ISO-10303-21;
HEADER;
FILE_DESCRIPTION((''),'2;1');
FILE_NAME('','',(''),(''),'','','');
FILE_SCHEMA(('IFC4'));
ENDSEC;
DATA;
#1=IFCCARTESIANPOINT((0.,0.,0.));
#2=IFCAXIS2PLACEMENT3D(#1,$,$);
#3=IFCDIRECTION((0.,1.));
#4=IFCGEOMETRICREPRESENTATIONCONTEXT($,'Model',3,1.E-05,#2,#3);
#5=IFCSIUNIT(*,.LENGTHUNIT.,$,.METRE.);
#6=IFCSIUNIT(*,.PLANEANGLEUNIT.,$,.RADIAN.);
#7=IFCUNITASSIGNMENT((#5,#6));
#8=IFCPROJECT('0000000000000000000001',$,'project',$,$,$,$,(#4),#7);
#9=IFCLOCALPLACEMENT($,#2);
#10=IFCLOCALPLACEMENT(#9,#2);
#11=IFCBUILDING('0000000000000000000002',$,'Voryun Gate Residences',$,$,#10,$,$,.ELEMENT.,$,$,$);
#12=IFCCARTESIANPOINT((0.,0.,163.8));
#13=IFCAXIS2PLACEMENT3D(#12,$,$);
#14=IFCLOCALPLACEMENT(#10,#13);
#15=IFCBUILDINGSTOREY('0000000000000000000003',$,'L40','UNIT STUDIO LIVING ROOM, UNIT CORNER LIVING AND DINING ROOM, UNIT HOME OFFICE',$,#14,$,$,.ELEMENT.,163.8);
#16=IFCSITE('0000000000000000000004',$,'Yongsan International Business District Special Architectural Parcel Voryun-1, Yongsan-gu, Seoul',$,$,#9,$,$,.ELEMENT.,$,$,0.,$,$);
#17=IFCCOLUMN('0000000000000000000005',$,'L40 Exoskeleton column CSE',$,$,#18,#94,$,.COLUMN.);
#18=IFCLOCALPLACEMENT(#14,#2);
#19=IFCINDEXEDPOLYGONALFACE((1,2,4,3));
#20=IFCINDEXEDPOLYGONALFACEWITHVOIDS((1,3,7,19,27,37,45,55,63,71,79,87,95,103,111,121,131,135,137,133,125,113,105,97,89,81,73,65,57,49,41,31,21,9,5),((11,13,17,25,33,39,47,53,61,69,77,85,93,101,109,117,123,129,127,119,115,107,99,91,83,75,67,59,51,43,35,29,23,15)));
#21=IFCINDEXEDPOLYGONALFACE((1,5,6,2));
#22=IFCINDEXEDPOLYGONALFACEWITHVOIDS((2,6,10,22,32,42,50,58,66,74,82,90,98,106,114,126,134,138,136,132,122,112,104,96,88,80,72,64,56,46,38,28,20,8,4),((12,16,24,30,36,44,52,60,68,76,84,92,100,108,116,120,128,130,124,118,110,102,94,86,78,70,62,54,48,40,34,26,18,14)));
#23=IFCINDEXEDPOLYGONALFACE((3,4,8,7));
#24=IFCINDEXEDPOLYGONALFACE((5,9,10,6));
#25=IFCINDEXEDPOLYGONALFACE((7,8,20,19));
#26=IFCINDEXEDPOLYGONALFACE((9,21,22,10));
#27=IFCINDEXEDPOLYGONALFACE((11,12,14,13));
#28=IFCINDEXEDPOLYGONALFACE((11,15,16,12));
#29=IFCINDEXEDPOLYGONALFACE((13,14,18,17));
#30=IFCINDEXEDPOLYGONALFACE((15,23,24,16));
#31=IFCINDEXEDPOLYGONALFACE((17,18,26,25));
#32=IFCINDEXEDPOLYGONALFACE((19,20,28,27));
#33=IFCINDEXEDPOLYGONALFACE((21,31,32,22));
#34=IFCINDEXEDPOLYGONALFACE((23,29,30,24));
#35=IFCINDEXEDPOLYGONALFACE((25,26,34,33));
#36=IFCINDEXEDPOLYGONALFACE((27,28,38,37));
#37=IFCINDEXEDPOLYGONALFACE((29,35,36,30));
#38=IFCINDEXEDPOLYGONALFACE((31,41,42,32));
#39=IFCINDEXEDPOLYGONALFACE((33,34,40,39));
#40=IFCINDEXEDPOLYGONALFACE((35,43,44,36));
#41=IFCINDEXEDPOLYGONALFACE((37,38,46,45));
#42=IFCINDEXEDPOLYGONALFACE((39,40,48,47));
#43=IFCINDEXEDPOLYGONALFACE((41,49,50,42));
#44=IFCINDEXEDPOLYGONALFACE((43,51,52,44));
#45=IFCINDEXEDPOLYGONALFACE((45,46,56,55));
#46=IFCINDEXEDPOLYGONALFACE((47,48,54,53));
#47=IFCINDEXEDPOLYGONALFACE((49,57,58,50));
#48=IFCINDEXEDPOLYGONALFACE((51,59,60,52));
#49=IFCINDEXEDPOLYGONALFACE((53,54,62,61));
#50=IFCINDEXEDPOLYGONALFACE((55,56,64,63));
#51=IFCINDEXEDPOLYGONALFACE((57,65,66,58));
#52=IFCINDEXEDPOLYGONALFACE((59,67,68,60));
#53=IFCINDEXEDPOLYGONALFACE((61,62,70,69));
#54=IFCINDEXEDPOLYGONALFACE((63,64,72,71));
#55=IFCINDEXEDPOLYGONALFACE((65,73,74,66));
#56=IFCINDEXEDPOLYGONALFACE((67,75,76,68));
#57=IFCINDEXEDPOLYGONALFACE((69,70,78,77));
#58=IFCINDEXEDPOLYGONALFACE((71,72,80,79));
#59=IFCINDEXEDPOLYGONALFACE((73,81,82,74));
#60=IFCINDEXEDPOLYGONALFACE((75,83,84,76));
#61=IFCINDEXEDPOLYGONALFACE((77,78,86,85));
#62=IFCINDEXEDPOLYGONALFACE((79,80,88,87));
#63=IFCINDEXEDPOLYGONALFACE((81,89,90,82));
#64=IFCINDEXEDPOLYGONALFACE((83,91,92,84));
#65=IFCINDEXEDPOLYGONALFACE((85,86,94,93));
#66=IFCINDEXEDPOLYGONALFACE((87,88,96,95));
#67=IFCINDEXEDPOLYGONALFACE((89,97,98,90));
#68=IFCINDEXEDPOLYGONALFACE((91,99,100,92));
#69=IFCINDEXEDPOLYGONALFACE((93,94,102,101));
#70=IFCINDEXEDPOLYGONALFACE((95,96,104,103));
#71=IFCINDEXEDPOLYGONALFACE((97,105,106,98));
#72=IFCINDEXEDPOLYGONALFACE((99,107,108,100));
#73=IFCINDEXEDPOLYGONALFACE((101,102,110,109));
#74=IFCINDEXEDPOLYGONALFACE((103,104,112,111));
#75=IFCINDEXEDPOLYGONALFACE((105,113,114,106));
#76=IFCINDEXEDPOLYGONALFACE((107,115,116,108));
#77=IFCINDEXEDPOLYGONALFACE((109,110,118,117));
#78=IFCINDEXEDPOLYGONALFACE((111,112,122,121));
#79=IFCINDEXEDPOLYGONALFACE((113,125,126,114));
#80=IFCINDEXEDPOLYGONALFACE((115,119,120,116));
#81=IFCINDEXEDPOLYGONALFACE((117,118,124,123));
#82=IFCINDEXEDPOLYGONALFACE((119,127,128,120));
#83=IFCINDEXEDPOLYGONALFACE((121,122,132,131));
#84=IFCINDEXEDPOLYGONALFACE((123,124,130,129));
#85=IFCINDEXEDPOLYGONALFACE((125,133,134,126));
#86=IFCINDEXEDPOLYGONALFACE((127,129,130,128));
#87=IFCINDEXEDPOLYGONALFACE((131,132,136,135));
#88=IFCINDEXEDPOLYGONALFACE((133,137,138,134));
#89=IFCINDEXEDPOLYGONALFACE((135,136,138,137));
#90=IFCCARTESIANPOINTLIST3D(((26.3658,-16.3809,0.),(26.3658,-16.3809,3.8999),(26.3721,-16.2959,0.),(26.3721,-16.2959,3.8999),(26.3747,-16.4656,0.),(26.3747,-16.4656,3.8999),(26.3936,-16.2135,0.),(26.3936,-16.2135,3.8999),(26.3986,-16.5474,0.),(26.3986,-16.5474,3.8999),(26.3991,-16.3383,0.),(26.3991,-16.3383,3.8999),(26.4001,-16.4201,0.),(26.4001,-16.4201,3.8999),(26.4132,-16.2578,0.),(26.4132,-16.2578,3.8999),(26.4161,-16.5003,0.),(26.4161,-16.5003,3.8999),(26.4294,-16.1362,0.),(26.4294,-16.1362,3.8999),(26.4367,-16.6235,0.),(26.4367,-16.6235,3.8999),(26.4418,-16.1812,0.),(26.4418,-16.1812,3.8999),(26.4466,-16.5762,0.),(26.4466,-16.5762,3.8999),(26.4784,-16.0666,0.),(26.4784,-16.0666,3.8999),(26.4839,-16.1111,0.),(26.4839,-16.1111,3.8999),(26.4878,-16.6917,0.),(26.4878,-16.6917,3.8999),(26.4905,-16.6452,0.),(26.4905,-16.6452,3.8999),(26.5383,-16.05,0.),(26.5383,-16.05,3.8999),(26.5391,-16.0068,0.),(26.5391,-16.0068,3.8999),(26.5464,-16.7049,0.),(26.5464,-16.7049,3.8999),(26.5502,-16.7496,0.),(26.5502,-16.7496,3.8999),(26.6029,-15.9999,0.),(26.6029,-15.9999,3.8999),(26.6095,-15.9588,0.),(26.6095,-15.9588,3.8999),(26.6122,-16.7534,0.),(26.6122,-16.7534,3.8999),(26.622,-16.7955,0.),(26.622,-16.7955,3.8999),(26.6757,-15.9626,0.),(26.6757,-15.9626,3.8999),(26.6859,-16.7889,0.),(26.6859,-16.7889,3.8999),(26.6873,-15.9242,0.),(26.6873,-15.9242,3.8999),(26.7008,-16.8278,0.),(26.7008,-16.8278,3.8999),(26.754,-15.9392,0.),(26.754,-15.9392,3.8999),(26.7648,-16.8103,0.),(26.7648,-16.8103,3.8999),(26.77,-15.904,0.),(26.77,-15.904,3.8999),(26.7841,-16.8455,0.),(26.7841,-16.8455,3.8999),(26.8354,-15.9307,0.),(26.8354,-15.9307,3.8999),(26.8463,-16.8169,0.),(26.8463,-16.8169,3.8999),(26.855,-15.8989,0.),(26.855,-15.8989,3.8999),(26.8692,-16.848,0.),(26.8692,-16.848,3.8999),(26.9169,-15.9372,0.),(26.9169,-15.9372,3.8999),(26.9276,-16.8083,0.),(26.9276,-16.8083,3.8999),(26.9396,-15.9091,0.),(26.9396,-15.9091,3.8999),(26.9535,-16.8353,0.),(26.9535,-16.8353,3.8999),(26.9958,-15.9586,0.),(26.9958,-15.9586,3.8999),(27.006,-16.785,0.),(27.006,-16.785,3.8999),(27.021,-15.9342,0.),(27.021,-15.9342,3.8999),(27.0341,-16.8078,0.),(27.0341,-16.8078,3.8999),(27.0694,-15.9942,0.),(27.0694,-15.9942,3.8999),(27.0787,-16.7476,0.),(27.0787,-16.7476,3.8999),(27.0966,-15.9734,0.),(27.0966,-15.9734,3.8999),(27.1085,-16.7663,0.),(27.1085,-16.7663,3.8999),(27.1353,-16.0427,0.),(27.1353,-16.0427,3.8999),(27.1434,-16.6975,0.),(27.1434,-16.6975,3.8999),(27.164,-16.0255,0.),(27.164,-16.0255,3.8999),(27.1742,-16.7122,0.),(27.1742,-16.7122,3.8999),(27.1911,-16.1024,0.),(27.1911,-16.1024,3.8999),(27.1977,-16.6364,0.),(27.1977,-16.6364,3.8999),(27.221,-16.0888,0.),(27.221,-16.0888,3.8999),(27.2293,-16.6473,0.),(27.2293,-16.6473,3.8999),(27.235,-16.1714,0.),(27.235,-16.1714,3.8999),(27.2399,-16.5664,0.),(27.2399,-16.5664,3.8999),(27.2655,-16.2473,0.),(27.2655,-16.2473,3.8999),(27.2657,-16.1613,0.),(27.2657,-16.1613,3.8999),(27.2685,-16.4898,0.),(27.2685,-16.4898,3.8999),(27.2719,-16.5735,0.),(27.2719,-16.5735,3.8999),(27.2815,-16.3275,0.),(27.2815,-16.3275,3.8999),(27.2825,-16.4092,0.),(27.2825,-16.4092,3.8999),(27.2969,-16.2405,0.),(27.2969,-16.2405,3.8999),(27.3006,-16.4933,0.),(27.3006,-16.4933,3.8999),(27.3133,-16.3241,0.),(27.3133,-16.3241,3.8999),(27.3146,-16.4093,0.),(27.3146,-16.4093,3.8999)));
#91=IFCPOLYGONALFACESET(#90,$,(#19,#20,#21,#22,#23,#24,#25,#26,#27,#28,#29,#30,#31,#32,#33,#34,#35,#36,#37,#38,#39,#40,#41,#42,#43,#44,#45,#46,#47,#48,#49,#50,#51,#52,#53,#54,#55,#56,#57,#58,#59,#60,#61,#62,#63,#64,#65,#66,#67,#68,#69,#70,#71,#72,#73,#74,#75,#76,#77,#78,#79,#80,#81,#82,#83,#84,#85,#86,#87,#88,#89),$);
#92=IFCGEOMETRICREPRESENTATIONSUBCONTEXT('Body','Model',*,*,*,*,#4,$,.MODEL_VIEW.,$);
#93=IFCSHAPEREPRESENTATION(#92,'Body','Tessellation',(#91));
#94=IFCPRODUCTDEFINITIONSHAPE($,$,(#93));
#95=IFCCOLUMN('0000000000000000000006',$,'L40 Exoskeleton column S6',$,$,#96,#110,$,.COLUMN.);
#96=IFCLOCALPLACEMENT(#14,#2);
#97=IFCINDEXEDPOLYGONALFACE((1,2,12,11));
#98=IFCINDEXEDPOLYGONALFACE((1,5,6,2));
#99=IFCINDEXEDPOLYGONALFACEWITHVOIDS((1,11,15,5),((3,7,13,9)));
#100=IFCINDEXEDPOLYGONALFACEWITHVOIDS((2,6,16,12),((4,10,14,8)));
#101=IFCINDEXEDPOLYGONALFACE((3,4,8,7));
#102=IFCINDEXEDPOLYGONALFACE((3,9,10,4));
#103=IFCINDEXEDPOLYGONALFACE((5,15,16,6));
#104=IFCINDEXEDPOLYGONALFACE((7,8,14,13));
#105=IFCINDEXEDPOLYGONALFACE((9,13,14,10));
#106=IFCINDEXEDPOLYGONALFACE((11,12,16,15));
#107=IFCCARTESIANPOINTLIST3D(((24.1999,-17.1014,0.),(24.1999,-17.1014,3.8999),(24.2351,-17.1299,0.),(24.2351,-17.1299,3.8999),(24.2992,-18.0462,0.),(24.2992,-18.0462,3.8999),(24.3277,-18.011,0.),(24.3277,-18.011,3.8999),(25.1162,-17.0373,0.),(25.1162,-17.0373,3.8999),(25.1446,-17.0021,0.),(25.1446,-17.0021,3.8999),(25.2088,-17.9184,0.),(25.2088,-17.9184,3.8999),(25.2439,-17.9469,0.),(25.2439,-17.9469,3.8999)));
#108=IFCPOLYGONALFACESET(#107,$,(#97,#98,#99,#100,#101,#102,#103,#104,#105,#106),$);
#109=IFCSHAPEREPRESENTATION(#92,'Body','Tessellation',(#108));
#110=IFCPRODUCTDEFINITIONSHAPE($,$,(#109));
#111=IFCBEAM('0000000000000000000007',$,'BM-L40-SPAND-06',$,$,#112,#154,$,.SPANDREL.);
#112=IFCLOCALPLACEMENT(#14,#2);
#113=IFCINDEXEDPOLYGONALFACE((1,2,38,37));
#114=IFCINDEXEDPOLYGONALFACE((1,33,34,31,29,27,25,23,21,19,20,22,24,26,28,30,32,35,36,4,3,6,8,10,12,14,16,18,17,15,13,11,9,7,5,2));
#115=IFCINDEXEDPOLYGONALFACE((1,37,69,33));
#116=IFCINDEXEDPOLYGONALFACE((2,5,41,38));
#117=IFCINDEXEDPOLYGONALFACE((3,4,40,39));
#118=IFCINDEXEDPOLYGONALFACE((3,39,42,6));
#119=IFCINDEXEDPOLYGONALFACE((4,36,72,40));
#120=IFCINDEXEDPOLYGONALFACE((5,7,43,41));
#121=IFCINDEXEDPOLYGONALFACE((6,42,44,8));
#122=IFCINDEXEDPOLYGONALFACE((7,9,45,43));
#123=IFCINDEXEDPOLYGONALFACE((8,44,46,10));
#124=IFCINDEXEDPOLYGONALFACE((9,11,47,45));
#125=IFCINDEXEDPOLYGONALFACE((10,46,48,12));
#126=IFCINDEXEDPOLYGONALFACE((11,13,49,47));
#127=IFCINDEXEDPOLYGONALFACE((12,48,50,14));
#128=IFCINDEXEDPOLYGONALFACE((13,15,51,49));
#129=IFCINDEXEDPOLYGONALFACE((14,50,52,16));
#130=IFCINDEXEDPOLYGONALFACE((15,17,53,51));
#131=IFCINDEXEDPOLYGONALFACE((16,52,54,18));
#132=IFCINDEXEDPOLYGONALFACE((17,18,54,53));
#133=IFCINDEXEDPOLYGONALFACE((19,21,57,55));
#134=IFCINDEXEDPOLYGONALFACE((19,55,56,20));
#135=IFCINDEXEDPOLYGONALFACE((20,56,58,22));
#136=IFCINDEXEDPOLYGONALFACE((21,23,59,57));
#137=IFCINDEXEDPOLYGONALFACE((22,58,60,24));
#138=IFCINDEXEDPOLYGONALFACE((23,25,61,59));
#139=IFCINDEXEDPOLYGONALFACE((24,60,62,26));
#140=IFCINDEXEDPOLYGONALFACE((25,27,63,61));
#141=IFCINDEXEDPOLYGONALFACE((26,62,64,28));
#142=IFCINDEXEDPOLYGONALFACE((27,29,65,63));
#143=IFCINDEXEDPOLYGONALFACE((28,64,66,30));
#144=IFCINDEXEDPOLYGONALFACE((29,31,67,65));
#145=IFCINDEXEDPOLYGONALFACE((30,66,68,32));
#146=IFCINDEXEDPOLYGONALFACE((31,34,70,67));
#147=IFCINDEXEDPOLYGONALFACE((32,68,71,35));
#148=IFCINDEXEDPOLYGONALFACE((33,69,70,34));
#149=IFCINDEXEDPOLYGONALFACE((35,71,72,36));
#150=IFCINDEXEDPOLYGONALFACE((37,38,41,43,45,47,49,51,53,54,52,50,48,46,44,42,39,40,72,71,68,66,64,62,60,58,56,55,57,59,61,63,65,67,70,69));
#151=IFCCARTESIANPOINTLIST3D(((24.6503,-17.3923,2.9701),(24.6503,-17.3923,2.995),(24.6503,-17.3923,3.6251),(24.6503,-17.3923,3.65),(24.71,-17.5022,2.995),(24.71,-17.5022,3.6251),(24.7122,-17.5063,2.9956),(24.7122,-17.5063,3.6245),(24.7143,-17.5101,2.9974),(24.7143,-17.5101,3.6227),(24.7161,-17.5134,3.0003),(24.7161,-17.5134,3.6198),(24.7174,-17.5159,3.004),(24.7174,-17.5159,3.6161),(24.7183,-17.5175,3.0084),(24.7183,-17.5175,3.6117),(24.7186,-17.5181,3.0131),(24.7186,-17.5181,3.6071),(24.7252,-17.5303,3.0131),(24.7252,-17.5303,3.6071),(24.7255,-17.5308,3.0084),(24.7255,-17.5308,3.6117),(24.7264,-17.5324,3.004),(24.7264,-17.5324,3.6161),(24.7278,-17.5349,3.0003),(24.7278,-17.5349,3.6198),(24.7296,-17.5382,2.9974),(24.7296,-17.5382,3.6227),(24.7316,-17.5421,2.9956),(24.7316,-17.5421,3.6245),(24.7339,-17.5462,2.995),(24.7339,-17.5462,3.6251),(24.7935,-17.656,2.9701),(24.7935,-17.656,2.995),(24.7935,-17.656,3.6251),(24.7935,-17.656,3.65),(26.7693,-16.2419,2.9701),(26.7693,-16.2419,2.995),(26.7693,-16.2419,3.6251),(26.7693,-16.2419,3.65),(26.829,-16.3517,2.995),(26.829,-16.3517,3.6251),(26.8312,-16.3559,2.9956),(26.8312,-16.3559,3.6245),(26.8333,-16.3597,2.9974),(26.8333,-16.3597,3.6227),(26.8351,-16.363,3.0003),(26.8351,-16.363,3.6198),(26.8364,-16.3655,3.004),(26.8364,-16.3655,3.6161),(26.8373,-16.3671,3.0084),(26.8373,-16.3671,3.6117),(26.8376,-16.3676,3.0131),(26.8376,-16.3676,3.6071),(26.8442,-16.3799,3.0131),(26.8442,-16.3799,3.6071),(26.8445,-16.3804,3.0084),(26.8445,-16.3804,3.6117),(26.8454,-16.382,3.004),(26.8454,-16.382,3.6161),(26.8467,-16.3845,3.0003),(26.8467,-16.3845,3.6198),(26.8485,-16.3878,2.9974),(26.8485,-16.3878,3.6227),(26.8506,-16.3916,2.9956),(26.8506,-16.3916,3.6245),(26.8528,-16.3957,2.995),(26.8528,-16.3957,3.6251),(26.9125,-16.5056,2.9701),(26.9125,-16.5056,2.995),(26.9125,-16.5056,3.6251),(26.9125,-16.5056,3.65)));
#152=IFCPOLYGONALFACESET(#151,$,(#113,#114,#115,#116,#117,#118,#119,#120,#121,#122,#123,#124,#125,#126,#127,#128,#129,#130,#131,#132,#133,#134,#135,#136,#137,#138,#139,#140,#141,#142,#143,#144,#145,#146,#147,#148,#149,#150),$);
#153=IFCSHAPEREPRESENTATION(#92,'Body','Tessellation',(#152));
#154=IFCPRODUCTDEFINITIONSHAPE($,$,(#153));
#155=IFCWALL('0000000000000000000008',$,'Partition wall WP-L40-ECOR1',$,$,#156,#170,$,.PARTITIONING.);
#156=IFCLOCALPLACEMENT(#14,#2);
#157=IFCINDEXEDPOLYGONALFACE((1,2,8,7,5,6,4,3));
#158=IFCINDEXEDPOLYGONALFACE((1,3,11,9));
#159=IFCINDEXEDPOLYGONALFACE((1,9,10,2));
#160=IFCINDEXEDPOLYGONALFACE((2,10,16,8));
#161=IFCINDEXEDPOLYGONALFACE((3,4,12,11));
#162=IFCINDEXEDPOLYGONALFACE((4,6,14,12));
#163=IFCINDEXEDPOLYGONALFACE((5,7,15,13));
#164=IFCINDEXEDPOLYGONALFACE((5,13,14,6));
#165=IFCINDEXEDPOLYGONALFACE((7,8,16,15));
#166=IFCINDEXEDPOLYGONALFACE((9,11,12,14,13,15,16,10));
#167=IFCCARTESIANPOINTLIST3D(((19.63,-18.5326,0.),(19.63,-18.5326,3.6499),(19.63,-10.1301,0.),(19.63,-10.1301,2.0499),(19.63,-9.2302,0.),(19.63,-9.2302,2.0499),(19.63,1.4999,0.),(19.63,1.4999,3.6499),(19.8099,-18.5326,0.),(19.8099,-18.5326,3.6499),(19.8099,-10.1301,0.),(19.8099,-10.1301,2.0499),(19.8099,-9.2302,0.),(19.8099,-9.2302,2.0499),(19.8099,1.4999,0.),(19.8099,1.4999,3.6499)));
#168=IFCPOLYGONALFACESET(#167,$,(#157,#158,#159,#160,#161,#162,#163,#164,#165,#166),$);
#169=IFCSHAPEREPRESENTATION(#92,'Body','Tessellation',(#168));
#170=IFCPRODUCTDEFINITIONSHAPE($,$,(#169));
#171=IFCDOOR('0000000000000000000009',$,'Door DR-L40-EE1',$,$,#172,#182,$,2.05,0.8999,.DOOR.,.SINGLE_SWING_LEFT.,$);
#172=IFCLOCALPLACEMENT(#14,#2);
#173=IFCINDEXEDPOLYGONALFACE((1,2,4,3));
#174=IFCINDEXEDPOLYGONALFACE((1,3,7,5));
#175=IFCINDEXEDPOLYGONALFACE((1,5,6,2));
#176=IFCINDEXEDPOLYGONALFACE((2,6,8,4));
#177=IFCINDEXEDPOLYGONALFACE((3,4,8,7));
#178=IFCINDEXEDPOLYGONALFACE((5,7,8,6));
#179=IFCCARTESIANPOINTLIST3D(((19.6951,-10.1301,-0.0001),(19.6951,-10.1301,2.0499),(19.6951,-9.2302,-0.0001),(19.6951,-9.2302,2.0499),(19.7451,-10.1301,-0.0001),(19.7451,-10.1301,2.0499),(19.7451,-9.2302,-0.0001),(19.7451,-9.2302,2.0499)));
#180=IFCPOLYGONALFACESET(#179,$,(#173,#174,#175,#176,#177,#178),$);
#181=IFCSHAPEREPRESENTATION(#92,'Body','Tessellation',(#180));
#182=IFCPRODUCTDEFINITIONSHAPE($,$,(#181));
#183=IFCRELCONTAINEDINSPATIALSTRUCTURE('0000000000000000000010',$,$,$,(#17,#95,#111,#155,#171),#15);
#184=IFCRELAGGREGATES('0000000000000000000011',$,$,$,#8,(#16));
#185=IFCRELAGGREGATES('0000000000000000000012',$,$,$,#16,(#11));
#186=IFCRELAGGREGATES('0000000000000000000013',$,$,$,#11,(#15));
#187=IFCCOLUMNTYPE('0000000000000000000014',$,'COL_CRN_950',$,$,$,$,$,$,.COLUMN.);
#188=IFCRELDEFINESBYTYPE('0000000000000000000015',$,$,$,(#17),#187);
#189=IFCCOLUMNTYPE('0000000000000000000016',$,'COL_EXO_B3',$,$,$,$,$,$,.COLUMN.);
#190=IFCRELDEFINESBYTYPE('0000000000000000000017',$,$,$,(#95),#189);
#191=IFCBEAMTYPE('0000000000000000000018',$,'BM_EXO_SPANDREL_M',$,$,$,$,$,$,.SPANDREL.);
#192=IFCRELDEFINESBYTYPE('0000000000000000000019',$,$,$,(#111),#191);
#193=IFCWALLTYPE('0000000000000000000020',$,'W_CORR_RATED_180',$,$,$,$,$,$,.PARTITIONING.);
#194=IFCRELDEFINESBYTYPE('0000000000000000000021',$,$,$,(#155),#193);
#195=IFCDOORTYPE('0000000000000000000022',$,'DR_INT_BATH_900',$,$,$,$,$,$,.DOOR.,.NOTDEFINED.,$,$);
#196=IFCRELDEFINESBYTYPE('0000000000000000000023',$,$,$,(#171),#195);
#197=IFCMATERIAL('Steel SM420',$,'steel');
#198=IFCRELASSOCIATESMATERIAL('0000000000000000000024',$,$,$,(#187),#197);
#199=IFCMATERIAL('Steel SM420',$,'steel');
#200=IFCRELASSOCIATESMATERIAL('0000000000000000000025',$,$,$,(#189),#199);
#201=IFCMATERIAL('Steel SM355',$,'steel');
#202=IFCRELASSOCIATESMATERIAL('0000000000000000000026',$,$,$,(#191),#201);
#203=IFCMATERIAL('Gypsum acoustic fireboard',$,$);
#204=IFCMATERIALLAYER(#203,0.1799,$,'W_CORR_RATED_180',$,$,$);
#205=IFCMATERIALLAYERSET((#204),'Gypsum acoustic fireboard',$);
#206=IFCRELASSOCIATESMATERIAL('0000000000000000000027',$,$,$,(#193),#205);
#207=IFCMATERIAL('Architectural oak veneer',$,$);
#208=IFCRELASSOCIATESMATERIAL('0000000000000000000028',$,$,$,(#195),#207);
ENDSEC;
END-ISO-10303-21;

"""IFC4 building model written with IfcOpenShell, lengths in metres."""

from ifc_helpers import new_model, si_unit, direction, frame, frame_2d, origin, origin_2d, place, context, subcontext, project, spatial, rectangle, hollow_rectangle, hollow_circle, i_section, extrude, material, layer, layer_set, material_profile, profile_set, type_object, element, fill, save


model = new_model("IFC4")

# Units and contexts
model_context = context("Model", 3, precision=1e-05, world=origin(), true_north=direction((0.0, 1.0)))
body_context = subcontext(model_context, "Body", "Model", "MODEL_VIEW")
ifc_project = project(units=[si_unit("LENGTHUNIT", "METRE"), si_unit("PLANEANGLEUNIT", "RADIAN")], contexts=[model_context])

# Site, building, storey
site_placement = place(None, origin())
site = spatial("IfcSite", under=ifc_project, at=site_placement, Name="Yongsan International Business District Special Architectural Parcel Voryun-1, Yongsan-gu, Seoul", CompositionType="ELEMENT", RefElevation=0.0)
building_placement = place(site_placement, origin())
building = spatial("IfcBuilding", under=site, at=building_placement, Name="Voryun Gate Residences", CompositionType="ELEMENT")
storey_placement = place(building_placement, frame((0.0, 0.0, 163.8)))
storey = spatial("IfcBuildingStorey", under=building, at=storey_placement, Name="L40", Description="UNIT STUDIO LIVING ROOM, UNIT CORNER LIVING AND DINING ROOM, UNIT HOME OFFICE", CompositionType="ELEMENT", Elevation=163.8)

# Columns
ifc_material_1 = material(Name="Steel SM420", Category="steel")
ifc_material_profile_1 = material_profile(ifc_material_1, hollow_circle(Radius=0.4751, WallThickness=0.032, at=origin_2d()), Name="CHS-950x32")
ifc_profile_set_1 = profile_set([ifc_material_profile_1], Name="Steel SM420")
column_type_1 = type_object("IfcColumnType", Name="COL_CRN_950", PredefinedType="COLUMN", material=ifc_profile_set_1)
column_1_placement = place(storey_placement, frame((26.8408, -16.3738, 0.0), z_axis=(0.0, 0.0, 1.0), x_axis=(0.994522, 0.104528, 0.0)))
element("IfcColumn", 1, at=column_1_placement, inside=storey, type_object=column_type_1, Name="L40 Exoskeleton column CSE", PredefinedType="COLUMN", context=body_context, shape_type="SweptSolid", body=[
    extrude(hollow_circle(Radius=0.4751, WallThickness=0.032, at=origin_2d()), origin(), (0.0, 0.0, 1.0), 3.8999),
])
ifc_material_2 = material(Name="Steel SM420", Category="steel")
ifc_material_profile_2 = material_profile(ifc_material_2, hollow_rectangle(XDim=0.95, YDim=0.95, WallThickness=0.032, at=origin_2d()), Name="BOX-950x950x32")
ifc_profile_set_2 = profile_set([ifc_material_profile_2], Name="Steel SM420")
column_type_2 = type_object("IfcColumnType", Name="COL_EXO_B3", PredefinedType="COLUMN", material=ifc_profile_set_2)
column_2_placement = place(storey_placement, frame((24.7219, -17.5242, 0.0), z_axis=(0.0, 0.0, 1.0), x_axis=(0.994522, 0.104528, 0.0)))
element("IfcColumn", 2, at=column_2_placement, inside=storey, type_object=column_type_2, Name="L40 Exoskeleton column S6", PredefinedType="COLUMN", context=body_context, shape_type="SweptSolid", body=[
    extrude(hollow_rectangle(XDim=0.95, YDim=0.95, WallThickness=0.032, at=origin_2d()), origin(), (0.0, 0.0, 1.0), 3.8999),
])

# Beam
ifc_material_3 = material(Name="Steel SM355", Category="steel")
ifc_material_profile_3 = material_profile(ifc_material_3, i_section(OverallWidth=0.3, OverallDepth=0.6799, WebThickness=0.0139, FlangeThickness=0.0249, FilletRadius=0.0181, at=origin_2d()), Name="H-680x300x14x25")
ifc_profile_set_3 = profile_set([ifc_material_profile_3], Name="Steel SM355")
beam_type = type_object("IfcBeamType", Name="BM_EXO_SPANDREL_M", PredefinedType="SPANDREL", material=ifc_profile_set_3)
beam_placement = place(storey_placement, frame((24.7219, -17.5242, 3.3101), z_axis=(0.87883, 0.477134, 0.0), x_axis=(-0.477134, 0.87883, 0.0)))
element("IfcBeam", 3, at=beam_placement, inside=storey, type_object=beam_type, Name="BM-L40-SPAND-06", PredefinedType="SPANDREL", context=body_context, shape_type="SweptSolid", body=[
    extrude(i_section(OverallWidth=0.3, OverallDepth=0.6799, WebThickness=0.0139, FlangeThickness=0.0249, FilletRadius=0.0181, at=origin_2d()), origin(), (0.0, 0.0, 1.0), 2.4111),
])

# Wall, opening, door
ifc_material_4 = material(Name="Gypsum acoustic fireboard")
ifc_layer_1 = layer(ifc_material_4, 0.1799, Name="W_CORR_RATED_180")
ifc_layer_set_1 = layer_set([ifc_layer_1], Name="Gypsum acoustic fireboard")
wall_type_1 = type_object("IfcWallType", Name="W_CORR_RATED_180", PredefinedType="PARTITIONING", material=ifc_layer_set_1)
wall_1_placement = place(storey_placement, frame((19.72, -18.5325, 0.0), z_axis=(0.0, 0.0, 1.0), x_axis=(0.0, 1.0, 0.0)))
wall_1 = element("IfcWall", 4, at=wall_1_placement, inside=storey, type_object=wall_type_1, Name="Partition wall WP-L40-ECOR1", PredefinedType="PARTITIONING", context=body_context, shape_type="SweptSolid", body=[
    extrude(rectangle(XDim=20.0325, YDim=0.1799, at=frame_2d((10.0161, 0.0))), origin(), (0.0, 0.0, 1.0), 3.6499),
])
opening_1_placement = place(wall_1_placement, frame((8.4023, 0.0, 0.0)))
opening_1 = element("IfcOpeningElement", 5, at=opening_1_placement, cuts=wall_1, PredefinedType="OPENING", context=body_context, shape_type="SweptSolid", body=[
    extrude(rectangle(XDim=0.8999, YDim=2.05, at=frame_2d((0.45, 1.0249))), frame((0.0, 0.0999, 0.0), z_axis=(0.0, -1.0, 0.0), x_axis=(1.0, 0.0, 0.0)), (0.0, 0.0, 1.0), 0.2),
])
ifc_material_5 = material(Name="Architectural oak veneer")
door_type = type_object("IfcDoorType", Name="DR_INT_BATH_900", OperationType="NOTDEFINED", PredefinedType="DOOR", material=ifc_material_5)
door_1_placement = place(opening_1_placement, origin())
door_1 = element("IfcDoor", 6, at=door_1_placement, inside=storey, type_object=door_type, Name="Door DR-L40-EE1", OperationType="SINGLE_SWING_LEFT", OverallHeight=2.05, OverallWidth=0.8999, PredefinedType="DOOR", context=body_context, shape_type="SweptSolid", body=[
    extrude(rectangle(XDim=0.8999, YDim=2.05, at=frame_2d((0.45, 1.0249))), frame((0.0, 0.0249, 0.0), z_axis=(0.0, -1.0, 0.0), x_axis=(1.0, 0.0, 0.0)), (0.0, 0.0, 1.0), 0.05),
])
fill(opening_1, door_1)

save(model, "model.ifc")
